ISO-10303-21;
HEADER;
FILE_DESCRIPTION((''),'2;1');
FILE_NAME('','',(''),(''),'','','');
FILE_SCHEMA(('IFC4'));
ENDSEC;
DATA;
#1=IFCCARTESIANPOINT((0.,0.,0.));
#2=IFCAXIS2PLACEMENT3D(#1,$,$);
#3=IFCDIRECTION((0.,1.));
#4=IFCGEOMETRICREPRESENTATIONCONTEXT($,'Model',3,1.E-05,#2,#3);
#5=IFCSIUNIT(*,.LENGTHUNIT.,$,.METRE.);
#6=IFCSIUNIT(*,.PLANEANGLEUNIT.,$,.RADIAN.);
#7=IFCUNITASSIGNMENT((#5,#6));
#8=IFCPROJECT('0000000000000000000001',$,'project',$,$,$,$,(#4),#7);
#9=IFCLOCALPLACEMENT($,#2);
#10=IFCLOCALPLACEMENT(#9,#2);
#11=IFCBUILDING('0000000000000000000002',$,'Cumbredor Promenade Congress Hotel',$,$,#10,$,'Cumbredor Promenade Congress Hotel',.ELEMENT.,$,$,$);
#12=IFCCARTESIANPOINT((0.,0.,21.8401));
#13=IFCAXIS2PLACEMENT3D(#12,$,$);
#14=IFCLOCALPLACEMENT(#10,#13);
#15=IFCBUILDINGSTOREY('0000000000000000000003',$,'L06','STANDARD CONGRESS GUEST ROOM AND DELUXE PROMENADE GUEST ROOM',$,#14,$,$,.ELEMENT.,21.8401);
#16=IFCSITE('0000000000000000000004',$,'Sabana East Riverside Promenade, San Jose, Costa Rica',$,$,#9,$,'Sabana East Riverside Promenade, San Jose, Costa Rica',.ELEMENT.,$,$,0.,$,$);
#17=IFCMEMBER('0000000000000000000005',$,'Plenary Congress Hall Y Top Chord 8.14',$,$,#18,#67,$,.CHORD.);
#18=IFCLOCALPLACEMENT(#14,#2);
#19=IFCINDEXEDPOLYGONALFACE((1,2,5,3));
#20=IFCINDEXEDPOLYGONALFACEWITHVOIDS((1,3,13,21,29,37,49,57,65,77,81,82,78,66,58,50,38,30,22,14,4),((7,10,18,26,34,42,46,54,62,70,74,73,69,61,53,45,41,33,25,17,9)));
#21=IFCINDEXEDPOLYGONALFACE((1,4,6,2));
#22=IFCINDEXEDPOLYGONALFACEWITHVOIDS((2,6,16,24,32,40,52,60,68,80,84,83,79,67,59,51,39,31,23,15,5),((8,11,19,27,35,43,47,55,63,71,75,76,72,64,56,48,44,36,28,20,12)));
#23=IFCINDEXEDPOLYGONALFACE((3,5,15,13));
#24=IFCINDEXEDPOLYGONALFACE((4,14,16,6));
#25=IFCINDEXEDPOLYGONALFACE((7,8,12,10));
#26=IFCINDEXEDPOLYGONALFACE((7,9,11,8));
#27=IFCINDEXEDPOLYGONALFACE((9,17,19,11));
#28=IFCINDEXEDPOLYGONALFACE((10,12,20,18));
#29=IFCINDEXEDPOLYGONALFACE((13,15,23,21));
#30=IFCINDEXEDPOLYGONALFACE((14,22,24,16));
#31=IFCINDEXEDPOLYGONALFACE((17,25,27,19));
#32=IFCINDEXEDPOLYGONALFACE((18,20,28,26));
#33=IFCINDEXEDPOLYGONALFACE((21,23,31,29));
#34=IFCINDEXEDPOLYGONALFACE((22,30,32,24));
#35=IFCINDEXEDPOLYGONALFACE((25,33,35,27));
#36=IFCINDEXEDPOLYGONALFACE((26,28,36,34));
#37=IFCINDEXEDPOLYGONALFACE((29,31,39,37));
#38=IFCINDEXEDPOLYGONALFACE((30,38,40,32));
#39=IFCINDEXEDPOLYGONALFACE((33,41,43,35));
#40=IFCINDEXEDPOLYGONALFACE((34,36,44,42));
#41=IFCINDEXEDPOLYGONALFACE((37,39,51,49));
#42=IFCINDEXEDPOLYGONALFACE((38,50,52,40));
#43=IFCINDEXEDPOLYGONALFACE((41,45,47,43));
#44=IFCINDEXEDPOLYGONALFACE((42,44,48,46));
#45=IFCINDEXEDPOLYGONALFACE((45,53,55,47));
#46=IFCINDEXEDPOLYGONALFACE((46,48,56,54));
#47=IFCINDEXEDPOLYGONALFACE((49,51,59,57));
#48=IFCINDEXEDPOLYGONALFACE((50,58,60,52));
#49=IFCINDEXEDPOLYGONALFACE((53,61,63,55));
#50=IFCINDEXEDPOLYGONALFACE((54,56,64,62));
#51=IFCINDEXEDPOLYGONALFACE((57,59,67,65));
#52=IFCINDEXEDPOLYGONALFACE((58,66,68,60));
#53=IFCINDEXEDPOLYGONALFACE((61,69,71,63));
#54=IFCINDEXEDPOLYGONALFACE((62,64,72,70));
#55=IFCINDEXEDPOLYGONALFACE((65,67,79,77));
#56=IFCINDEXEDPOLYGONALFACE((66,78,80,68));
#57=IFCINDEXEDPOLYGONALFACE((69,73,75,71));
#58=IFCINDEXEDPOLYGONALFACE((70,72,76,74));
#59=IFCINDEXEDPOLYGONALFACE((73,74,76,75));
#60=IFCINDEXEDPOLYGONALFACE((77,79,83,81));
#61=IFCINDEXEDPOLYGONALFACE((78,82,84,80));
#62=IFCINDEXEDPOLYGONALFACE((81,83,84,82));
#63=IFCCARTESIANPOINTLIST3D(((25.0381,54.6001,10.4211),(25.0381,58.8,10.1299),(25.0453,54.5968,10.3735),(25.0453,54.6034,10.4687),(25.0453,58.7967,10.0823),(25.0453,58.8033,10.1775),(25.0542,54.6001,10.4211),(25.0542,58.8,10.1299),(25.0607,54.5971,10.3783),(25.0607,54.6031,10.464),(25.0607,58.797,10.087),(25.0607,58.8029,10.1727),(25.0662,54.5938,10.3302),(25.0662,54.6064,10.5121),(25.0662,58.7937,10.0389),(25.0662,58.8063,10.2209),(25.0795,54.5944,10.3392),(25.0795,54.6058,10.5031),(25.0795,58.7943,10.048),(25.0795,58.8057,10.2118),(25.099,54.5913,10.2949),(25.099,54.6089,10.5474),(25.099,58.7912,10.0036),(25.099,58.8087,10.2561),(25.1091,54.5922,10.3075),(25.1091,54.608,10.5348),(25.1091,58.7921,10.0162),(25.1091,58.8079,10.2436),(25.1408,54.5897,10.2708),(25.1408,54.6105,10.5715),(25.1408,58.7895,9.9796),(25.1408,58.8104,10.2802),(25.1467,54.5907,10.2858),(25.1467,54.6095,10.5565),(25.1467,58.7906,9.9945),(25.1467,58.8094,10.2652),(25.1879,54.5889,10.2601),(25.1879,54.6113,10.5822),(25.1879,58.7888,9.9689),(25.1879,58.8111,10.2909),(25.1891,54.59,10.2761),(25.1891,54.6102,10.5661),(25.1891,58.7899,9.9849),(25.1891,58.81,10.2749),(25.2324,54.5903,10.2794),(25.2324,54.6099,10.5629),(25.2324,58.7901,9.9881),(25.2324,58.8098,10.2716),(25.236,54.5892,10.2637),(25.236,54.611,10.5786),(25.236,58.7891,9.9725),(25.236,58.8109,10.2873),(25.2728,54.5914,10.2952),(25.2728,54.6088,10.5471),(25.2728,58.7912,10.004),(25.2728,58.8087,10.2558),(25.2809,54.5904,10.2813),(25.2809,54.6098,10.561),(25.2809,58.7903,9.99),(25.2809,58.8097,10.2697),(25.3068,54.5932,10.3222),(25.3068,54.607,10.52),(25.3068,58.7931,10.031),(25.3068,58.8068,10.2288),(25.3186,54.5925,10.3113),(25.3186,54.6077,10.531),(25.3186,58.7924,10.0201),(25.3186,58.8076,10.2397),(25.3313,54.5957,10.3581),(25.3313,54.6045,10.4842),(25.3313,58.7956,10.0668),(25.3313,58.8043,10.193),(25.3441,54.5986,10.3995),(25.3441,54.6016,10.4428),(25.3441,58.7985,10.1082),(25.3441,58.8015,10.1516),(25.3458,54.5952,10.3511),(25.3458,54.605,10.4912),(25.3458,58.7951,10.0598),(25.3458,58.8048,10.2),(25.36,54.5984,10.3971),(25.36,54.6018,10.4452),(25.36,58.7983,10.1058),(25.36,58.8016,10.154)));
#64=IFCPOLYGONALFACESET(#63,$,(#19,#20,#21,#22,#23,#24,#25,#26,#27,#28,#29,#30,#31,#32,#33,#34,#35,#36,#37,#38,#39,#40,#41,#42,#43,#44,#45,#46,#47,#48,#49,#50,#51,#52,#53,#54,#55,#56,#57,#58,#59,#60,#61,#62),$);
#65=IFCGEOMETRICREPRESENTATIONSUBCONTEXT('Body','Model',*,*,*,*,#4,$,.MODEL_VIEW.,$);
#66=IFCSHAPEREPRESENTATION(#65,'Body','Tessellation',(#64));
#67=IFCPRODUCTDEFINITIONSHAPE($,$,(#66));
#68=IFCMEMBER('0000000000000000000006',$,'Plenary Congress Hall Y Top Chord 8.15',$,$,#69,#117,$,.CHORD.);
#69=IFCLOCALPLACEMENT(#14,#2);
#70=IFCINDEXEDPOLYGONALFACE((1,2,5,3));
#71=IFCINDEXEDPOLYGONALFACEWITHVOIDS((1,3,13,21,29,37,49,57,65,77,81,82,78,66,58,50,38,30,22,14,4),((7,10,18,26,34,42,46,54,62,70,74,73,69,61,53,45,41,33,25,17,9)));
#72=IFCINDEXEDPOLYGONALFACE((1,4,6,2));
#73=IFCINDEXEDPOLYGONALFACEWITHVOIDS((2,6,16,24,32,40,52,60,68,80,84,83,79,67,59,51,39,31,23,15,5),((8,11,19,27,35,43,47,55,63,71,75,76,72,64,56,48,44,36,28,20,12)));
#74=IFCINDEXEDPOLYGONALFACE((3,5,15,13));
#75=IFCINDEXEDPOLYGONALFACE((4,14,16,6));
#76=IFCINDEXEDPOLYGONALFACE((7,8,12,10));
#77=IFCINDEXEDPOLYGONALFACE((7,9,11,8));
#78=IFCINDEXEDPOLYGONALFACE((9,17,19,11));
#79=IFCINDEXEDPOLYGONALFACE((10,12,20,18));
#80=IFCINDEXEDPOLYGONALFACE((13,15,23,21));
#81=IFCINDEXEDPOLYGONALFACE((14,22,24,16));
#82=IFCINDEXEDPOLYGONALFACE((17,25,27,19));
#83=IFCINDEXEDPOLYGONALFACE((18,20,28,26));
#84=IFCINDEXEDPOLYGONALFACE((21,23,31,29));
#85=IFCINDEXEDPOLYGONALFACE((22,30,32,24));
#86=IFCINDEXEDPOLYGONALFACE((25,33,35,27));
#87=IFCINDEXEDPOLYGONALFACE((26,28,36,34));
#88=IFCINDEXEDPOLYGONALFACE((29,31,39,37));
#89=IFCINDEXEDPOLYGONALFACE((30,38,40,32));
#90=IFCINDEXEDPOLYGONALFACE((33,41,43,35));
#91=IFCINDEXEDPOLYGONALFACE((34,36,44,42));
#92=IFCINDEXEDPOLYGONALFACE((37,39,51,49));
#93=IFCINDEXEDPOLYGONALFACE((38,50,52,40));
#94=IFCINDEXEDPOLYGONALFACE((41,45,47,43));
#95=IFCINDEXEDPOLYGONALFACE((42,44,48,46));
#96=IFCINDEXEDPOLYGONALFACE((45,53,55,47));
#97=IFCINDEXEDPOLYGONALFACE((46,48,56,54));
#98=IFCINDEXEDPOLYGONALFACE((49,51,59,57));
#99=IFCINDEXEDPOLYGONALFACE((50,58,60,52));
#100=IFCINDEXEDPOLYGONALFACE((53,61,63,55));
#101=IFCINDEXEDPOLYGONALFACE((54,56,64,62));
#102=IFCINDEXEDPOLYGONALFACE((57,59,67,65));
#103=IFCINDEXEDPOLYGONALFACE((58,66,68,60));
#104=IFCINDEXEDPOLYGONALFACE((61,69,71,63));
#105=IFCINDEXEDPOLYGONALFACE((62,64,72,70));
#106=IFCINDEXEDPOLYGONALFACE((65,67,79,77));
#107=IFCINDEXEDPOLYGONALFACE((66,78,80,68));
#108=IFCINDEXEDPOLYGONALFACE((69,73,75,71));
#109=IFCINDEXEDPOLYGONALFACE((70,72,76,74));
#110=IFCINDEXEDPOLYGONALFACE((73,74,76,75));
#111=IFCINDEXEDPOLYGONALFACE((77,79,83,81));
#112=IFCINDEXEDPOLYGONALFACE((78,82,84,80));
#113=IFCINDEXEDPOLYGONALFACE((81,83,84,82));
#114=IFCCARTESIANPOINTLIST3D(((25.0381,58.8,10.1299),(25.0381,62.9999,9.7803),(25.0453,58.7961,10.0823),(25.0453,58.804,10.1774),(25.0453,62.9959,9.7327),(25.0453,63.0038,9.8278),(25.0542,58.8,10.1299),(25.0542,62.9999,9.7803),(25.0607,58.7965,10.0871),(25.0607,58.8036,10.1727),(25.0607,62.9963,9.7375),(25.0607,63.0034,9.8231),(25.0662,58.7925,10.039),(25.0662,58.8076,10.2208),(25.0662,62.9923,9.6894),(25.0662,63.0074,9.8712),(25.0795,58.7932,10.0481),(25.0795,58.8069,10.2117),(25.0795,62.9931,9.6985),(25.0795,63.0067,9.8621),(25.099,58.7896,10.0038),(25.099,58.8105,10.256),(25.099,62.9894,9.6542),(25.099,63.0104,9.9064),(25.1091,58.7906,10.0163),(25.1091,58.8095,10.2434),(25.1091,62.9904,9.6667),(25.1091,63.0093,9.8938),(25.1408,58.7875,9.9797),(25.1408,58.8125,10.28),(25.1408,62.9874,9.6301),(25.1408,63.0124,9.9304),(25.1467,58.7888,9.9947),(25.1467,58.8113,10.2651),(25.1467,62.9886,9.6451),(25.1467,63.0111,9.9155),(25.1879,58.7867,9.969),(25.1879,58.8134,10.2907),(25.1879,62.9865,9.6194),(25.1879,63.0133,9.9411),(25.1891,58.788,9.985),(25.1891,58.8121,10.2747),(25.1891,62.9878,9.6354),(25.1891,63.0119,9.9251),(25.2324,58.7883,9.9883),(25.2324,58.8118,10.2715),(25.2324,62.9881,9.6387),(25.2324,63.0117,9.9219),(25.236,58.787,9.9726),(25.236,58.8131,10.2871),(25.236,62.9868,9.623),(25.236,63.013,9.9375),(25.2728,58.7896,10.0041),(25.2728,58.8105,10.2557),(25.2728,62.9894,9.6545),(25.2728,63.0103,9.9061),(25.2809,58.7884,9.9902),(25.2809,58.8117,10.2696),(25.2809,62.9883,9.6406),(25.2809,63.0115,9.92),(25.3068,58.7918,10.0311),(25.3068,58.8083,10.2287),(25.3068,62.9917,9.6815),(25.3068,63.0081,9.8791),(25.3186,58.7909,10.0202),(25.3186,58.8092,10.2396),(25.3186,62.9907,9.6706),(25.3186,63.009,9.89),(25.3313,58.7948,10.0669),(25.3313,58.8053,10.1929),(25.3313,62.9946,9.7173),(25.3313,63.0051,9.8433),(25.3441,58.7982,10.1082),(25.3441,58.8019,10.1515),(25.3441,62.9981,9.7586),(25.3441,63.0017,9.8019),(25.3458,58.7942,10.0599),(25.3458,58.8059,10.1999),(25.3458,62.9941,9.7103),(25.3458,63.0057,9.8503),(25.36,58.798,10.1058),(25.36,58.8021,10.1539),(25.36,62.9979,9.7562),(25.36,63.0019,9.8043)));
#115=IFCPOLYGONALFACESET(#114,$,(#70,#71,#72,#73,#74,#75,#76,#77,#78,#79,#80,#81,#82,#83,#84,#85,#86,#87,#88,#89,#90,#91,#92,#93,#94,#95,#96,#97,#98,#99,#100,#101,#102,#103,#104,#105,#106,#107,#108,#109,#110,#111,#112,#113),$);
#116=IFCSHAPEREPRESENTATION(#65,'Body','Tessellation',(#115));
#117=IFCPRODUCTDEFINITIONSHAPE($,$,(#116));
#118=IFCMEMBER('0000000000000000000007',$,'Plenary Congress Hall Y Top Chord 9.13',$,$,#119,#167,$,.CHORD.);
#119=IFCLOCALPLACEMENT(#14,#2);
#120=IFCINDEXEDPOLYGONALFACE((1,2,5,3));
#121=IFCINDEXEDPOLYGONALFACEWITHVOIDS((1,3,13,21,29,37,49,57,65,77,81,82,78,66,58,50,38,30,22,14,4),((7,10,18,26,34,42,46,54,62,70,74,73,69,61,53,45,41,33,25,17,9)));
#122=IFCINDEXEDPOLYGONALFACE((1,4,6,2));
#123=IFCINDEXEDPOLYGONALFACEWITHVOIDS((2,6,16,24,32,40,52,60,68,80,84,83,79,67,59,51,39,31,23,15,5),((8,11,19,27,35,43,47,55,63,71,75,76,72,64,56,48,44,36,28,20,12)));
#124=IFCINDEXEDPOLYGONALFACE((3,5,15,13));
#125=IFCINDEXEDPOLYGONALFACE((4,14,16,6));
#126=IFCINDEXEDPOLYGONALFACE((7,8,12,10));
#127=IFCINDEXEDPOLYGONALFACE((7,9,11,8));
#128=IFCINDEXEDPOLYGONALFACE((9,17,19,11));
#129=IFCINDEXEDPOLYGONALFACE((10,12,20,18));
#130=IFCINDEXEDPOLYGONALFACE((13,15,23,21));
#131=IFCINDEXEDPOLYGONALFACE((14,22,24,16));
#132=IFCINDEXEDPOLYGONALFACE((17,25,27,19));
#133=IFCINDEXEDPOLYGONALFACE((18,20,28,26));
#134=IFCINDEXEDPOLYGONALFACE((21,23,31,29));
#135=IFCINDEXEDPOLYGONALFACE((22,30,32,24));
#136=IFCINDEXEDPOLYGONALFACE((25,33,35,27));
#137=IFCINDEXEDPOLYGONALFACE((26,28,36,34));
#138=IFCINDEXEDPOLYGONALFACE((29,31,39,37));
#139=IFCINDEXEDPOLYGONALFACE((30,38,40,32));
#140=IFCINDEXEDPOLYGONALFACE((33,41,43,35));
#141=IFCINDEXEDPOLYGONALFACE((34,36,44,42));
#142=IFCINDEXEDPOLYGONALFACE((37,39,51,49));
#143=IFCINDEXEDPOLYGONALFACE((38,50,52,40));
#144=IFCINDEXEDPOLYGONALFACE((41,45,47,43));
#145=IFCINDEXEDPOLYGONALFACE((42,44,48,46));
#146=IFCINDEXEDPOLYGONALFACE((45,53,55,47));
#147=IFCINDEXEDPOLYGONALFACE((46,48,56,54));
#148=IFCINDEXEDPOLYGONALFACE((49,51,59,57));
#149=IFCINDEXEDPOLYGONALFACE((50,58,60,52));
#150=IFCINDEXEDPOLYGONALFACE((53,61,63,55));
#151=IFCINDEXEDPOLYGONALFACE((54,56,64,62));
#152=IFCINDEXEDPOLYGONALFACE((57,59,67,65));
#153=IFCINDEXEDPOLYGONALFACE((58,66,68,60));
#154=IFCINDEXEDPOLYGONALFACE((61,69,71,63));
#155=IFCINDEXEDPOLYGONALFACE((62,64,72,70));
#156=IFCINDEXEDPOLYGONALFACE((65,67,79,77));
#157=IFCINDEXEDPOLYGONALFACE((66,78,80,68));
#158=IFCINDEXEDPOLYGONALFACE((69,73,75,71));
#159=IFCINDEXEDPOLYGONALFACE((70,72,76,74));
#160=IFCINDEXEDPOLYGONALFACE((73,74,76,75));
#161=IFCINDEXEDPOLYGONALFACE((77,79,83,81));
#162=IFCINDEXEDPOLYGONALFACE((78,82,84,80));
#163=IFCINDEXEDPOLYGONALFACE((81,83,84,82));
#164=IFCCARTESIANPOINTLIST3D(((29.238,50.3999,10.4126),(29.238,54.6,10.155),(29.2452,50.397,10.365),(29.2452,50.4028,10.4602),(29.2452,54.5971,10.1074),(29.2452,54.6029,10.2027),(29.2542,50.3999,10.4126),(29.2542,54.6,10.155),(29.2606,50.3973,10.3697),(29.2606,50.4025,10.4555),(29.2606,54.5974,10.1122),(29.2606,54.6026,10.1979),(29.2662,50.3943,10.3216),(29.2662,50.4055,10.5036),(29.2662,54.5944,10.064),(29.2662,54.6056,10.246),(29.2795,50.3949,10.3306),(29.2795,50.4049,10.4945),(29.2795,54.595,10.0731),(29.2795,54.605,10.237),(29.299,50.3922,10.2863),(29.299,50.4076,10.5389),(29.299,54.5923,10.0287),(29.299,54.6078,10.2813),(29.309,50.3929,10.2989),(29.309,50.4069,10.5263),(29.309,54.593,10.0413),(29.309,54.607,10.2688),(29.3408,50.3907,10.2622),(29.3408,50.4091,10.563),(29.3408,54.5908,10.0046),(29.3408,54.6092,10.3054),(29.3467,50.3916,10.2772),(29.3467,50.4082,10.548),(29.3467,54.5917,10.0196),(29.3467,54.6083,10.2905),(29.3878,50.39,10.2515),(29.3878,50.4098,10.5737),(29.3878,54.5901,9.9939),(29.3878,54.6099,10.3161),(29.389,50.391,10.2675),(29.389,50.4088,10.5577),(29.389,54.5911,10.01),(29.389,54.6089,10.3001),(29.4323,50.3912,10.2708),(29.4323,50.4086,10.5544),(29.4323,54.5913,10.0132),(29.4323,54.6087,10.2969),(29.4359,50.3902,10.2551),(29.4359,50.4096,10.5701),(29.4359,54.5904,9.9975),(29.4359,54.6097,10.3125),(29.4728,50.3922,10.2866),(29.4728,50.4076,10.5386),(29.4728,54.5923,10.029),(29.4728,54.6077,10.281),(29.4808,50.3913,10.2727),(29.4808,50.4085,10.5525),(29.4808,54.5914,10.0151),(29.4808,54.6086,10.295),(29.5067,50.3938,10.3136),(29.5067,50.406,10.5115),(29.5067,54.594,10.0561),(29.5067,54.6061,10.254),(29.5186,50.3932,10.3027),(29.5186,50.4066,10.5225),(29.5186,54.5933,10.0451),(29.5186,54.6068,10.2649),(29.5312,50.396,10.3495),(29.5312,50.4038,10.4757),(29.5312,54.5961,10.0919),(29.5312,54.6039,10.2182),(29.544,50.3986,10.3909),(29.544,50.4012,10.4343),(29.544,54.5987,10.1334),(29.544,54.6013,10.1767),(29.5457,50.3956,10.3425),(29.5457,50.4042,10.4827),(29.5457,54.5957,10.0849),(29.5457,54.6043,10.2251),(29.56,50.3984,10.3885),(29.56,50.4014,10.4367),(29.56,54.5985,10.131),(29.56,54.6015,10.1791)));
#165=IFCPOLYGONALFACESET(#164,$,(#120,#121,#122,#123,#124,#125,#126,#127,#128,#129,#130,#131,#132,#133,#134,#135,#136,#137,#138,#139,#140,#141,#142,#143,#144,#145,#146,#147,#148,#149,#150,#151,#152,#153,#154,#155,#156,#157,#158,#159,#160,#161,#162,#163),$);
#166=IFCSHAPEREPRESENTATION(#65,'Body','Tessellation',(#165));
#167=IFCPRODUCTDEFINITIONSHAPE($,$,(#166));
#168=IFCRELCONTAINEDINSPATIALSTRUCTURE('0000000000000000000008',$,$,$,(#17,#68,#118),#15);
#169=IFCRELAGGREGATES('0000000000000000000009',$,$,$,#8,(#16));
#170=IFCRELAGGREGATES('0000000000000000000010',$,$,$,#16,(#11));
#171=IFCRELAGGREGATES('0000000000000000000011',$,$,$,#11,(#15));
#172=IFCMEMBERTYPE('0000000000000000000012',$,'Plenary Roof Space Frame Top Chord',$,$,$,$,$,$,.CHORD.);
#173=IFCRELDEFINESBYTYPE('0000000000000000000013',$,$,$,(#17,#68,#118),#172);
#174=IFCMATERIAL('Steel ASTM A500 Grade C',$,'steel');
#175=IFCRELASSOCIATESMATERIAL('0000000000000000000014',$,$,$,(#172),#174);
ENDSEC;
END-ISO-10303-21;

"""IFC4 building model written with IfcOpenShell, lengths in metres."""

from ifc_helpers import new_model, si_unit, direction, frame, origin, origin_2d, place, context, subcontext, project, spatial, hollow_circle, extrude, material, material_profile, profile_set, type_object, element, save


model = new_model("IFC4")

# Units and contexts
model_context = context("Model", 3, precision=1e-05, world=origin(), true_north=direction((0.0, 1.0)))
body_context = subcontext(model_context, "Body", "Model", "MODEL_VIEW")
ifc_project = project(units=[si_unit("LENGTHUNIT", "METRE"), si_unit("PLANEANGLEUNIT", "RADIAN")], contexts=[model_context])

# Site, building, storey
site_placement = place(None, origin())
site = spatial("IfcSite", under=ifc_project, at=site_placement, Name="Sabana East Riverside Promenade, San Jose, Costa Rica", LongName="Sabana East Riverside Promenade, San Jose, Costa Rica", CompositionType="ELEMENT", RefElevation=0.0)
building_placement = place(site_placement, origin())
building = spatial("IfcBuilding", under=site, at=building_placement, Name="Cumbredor Promenade Congress Hotel", LongName="Cumbredor Promenade Congress Hotel", CompositionType="ELEMENT")
storey_placement = place(building_placement, frame((0.0, 0.0, 21.8401)))
storey = spatial("IfcBuildingStorey", under=building, at=storey_placement, Name="L06", Description="STANDARD CONGRESS GUEST ROOM AND DELUXE PROMENADE GUEST ROOM", CompositionType="ELEMENT", Elevation=21.8401)

# Members
ifc_material_1 = material(Name="Steel ASTM A500 Grade C", Category="steel")
ifc_material_profile_1 = material_profile(ifc_material_1, hollow_circle(Radius=0.1619, WallThickness=0.0161, at=origin_2d()), Name="CHS 323.9x16")
ifc_profile_set_1 = profile_set([ifc_material_profile_1], Name="Steel ASTM A500 Grade C")
member_type_1 = type_object("IfcMemberType", Name="Plenary Roof Space Frame Top Chord", PredefinedType="CHORD", material=ifc_profile_set_1)
member_1_placement = place(storey_placement, frame((25.2, 54.6001, 10.4211), z_axis=(0.0, 0.997604, -0.069182), x_axis=(-1.0, 0.0, 0.0)))
element("IfcMember", 1, at=member_1_placement, inside=storey, type_object=member_type_1, Name="Plenary Congress Hall Y Top Chord 8.14", PredefinedType="CHORD", context=body_context, shape_type="SweptSolid", body=[
    extrude(hollow_circle(Radius=0.1619, WallThickness=0.0161, at=origin_2d()), origin(), (0.0, 0.0, 1.0), 4.21),
])
member_2_placement = place(storey_placement, frame((25.2, 58.8, 10.1299), z_axis=(0.0, 0.996553, -0.082954), x_axis=(-1.0, 0.0, 0.0)))
element("IfcMember", 2, at=member_2_placement, inside=storey, type_object=member_type_1, Name="Plenary Congress Hall Y Top Chord 8.15", PredefinedType="CHORD", context=body_context, shape_type="SweptSolid", body=[
    extrude(hollow_circle(Radius=0.1619, WallThickness=0.0161, at=origin_2d()), origin(), (0.0, 0.0, 1.0), 4.2144),
])
member_3_placement = place(storey_placement, frame((29.3999, 50.3999, 10.4126), z_axis=(0.0, 0.998125, -0.061208), x_axis=(-1.0, 0.0, 0.0)))
element("IfcMember", 3, at=member_3_placement, inside=storey, type_object=member_type_1, Name="Plenary Congress Hall Y Top Chord 9.13", PredefinedType="CHORD", context=body_context, shape_type="SweptSolid", body=[
    extrude(hollow_circle(Radius=0.1619, WallThickness=0.0161, at=origin_2d()), origin(), (0.0, 0.0, 1.0), 4.208),
])

save(model, "model.ifc")
